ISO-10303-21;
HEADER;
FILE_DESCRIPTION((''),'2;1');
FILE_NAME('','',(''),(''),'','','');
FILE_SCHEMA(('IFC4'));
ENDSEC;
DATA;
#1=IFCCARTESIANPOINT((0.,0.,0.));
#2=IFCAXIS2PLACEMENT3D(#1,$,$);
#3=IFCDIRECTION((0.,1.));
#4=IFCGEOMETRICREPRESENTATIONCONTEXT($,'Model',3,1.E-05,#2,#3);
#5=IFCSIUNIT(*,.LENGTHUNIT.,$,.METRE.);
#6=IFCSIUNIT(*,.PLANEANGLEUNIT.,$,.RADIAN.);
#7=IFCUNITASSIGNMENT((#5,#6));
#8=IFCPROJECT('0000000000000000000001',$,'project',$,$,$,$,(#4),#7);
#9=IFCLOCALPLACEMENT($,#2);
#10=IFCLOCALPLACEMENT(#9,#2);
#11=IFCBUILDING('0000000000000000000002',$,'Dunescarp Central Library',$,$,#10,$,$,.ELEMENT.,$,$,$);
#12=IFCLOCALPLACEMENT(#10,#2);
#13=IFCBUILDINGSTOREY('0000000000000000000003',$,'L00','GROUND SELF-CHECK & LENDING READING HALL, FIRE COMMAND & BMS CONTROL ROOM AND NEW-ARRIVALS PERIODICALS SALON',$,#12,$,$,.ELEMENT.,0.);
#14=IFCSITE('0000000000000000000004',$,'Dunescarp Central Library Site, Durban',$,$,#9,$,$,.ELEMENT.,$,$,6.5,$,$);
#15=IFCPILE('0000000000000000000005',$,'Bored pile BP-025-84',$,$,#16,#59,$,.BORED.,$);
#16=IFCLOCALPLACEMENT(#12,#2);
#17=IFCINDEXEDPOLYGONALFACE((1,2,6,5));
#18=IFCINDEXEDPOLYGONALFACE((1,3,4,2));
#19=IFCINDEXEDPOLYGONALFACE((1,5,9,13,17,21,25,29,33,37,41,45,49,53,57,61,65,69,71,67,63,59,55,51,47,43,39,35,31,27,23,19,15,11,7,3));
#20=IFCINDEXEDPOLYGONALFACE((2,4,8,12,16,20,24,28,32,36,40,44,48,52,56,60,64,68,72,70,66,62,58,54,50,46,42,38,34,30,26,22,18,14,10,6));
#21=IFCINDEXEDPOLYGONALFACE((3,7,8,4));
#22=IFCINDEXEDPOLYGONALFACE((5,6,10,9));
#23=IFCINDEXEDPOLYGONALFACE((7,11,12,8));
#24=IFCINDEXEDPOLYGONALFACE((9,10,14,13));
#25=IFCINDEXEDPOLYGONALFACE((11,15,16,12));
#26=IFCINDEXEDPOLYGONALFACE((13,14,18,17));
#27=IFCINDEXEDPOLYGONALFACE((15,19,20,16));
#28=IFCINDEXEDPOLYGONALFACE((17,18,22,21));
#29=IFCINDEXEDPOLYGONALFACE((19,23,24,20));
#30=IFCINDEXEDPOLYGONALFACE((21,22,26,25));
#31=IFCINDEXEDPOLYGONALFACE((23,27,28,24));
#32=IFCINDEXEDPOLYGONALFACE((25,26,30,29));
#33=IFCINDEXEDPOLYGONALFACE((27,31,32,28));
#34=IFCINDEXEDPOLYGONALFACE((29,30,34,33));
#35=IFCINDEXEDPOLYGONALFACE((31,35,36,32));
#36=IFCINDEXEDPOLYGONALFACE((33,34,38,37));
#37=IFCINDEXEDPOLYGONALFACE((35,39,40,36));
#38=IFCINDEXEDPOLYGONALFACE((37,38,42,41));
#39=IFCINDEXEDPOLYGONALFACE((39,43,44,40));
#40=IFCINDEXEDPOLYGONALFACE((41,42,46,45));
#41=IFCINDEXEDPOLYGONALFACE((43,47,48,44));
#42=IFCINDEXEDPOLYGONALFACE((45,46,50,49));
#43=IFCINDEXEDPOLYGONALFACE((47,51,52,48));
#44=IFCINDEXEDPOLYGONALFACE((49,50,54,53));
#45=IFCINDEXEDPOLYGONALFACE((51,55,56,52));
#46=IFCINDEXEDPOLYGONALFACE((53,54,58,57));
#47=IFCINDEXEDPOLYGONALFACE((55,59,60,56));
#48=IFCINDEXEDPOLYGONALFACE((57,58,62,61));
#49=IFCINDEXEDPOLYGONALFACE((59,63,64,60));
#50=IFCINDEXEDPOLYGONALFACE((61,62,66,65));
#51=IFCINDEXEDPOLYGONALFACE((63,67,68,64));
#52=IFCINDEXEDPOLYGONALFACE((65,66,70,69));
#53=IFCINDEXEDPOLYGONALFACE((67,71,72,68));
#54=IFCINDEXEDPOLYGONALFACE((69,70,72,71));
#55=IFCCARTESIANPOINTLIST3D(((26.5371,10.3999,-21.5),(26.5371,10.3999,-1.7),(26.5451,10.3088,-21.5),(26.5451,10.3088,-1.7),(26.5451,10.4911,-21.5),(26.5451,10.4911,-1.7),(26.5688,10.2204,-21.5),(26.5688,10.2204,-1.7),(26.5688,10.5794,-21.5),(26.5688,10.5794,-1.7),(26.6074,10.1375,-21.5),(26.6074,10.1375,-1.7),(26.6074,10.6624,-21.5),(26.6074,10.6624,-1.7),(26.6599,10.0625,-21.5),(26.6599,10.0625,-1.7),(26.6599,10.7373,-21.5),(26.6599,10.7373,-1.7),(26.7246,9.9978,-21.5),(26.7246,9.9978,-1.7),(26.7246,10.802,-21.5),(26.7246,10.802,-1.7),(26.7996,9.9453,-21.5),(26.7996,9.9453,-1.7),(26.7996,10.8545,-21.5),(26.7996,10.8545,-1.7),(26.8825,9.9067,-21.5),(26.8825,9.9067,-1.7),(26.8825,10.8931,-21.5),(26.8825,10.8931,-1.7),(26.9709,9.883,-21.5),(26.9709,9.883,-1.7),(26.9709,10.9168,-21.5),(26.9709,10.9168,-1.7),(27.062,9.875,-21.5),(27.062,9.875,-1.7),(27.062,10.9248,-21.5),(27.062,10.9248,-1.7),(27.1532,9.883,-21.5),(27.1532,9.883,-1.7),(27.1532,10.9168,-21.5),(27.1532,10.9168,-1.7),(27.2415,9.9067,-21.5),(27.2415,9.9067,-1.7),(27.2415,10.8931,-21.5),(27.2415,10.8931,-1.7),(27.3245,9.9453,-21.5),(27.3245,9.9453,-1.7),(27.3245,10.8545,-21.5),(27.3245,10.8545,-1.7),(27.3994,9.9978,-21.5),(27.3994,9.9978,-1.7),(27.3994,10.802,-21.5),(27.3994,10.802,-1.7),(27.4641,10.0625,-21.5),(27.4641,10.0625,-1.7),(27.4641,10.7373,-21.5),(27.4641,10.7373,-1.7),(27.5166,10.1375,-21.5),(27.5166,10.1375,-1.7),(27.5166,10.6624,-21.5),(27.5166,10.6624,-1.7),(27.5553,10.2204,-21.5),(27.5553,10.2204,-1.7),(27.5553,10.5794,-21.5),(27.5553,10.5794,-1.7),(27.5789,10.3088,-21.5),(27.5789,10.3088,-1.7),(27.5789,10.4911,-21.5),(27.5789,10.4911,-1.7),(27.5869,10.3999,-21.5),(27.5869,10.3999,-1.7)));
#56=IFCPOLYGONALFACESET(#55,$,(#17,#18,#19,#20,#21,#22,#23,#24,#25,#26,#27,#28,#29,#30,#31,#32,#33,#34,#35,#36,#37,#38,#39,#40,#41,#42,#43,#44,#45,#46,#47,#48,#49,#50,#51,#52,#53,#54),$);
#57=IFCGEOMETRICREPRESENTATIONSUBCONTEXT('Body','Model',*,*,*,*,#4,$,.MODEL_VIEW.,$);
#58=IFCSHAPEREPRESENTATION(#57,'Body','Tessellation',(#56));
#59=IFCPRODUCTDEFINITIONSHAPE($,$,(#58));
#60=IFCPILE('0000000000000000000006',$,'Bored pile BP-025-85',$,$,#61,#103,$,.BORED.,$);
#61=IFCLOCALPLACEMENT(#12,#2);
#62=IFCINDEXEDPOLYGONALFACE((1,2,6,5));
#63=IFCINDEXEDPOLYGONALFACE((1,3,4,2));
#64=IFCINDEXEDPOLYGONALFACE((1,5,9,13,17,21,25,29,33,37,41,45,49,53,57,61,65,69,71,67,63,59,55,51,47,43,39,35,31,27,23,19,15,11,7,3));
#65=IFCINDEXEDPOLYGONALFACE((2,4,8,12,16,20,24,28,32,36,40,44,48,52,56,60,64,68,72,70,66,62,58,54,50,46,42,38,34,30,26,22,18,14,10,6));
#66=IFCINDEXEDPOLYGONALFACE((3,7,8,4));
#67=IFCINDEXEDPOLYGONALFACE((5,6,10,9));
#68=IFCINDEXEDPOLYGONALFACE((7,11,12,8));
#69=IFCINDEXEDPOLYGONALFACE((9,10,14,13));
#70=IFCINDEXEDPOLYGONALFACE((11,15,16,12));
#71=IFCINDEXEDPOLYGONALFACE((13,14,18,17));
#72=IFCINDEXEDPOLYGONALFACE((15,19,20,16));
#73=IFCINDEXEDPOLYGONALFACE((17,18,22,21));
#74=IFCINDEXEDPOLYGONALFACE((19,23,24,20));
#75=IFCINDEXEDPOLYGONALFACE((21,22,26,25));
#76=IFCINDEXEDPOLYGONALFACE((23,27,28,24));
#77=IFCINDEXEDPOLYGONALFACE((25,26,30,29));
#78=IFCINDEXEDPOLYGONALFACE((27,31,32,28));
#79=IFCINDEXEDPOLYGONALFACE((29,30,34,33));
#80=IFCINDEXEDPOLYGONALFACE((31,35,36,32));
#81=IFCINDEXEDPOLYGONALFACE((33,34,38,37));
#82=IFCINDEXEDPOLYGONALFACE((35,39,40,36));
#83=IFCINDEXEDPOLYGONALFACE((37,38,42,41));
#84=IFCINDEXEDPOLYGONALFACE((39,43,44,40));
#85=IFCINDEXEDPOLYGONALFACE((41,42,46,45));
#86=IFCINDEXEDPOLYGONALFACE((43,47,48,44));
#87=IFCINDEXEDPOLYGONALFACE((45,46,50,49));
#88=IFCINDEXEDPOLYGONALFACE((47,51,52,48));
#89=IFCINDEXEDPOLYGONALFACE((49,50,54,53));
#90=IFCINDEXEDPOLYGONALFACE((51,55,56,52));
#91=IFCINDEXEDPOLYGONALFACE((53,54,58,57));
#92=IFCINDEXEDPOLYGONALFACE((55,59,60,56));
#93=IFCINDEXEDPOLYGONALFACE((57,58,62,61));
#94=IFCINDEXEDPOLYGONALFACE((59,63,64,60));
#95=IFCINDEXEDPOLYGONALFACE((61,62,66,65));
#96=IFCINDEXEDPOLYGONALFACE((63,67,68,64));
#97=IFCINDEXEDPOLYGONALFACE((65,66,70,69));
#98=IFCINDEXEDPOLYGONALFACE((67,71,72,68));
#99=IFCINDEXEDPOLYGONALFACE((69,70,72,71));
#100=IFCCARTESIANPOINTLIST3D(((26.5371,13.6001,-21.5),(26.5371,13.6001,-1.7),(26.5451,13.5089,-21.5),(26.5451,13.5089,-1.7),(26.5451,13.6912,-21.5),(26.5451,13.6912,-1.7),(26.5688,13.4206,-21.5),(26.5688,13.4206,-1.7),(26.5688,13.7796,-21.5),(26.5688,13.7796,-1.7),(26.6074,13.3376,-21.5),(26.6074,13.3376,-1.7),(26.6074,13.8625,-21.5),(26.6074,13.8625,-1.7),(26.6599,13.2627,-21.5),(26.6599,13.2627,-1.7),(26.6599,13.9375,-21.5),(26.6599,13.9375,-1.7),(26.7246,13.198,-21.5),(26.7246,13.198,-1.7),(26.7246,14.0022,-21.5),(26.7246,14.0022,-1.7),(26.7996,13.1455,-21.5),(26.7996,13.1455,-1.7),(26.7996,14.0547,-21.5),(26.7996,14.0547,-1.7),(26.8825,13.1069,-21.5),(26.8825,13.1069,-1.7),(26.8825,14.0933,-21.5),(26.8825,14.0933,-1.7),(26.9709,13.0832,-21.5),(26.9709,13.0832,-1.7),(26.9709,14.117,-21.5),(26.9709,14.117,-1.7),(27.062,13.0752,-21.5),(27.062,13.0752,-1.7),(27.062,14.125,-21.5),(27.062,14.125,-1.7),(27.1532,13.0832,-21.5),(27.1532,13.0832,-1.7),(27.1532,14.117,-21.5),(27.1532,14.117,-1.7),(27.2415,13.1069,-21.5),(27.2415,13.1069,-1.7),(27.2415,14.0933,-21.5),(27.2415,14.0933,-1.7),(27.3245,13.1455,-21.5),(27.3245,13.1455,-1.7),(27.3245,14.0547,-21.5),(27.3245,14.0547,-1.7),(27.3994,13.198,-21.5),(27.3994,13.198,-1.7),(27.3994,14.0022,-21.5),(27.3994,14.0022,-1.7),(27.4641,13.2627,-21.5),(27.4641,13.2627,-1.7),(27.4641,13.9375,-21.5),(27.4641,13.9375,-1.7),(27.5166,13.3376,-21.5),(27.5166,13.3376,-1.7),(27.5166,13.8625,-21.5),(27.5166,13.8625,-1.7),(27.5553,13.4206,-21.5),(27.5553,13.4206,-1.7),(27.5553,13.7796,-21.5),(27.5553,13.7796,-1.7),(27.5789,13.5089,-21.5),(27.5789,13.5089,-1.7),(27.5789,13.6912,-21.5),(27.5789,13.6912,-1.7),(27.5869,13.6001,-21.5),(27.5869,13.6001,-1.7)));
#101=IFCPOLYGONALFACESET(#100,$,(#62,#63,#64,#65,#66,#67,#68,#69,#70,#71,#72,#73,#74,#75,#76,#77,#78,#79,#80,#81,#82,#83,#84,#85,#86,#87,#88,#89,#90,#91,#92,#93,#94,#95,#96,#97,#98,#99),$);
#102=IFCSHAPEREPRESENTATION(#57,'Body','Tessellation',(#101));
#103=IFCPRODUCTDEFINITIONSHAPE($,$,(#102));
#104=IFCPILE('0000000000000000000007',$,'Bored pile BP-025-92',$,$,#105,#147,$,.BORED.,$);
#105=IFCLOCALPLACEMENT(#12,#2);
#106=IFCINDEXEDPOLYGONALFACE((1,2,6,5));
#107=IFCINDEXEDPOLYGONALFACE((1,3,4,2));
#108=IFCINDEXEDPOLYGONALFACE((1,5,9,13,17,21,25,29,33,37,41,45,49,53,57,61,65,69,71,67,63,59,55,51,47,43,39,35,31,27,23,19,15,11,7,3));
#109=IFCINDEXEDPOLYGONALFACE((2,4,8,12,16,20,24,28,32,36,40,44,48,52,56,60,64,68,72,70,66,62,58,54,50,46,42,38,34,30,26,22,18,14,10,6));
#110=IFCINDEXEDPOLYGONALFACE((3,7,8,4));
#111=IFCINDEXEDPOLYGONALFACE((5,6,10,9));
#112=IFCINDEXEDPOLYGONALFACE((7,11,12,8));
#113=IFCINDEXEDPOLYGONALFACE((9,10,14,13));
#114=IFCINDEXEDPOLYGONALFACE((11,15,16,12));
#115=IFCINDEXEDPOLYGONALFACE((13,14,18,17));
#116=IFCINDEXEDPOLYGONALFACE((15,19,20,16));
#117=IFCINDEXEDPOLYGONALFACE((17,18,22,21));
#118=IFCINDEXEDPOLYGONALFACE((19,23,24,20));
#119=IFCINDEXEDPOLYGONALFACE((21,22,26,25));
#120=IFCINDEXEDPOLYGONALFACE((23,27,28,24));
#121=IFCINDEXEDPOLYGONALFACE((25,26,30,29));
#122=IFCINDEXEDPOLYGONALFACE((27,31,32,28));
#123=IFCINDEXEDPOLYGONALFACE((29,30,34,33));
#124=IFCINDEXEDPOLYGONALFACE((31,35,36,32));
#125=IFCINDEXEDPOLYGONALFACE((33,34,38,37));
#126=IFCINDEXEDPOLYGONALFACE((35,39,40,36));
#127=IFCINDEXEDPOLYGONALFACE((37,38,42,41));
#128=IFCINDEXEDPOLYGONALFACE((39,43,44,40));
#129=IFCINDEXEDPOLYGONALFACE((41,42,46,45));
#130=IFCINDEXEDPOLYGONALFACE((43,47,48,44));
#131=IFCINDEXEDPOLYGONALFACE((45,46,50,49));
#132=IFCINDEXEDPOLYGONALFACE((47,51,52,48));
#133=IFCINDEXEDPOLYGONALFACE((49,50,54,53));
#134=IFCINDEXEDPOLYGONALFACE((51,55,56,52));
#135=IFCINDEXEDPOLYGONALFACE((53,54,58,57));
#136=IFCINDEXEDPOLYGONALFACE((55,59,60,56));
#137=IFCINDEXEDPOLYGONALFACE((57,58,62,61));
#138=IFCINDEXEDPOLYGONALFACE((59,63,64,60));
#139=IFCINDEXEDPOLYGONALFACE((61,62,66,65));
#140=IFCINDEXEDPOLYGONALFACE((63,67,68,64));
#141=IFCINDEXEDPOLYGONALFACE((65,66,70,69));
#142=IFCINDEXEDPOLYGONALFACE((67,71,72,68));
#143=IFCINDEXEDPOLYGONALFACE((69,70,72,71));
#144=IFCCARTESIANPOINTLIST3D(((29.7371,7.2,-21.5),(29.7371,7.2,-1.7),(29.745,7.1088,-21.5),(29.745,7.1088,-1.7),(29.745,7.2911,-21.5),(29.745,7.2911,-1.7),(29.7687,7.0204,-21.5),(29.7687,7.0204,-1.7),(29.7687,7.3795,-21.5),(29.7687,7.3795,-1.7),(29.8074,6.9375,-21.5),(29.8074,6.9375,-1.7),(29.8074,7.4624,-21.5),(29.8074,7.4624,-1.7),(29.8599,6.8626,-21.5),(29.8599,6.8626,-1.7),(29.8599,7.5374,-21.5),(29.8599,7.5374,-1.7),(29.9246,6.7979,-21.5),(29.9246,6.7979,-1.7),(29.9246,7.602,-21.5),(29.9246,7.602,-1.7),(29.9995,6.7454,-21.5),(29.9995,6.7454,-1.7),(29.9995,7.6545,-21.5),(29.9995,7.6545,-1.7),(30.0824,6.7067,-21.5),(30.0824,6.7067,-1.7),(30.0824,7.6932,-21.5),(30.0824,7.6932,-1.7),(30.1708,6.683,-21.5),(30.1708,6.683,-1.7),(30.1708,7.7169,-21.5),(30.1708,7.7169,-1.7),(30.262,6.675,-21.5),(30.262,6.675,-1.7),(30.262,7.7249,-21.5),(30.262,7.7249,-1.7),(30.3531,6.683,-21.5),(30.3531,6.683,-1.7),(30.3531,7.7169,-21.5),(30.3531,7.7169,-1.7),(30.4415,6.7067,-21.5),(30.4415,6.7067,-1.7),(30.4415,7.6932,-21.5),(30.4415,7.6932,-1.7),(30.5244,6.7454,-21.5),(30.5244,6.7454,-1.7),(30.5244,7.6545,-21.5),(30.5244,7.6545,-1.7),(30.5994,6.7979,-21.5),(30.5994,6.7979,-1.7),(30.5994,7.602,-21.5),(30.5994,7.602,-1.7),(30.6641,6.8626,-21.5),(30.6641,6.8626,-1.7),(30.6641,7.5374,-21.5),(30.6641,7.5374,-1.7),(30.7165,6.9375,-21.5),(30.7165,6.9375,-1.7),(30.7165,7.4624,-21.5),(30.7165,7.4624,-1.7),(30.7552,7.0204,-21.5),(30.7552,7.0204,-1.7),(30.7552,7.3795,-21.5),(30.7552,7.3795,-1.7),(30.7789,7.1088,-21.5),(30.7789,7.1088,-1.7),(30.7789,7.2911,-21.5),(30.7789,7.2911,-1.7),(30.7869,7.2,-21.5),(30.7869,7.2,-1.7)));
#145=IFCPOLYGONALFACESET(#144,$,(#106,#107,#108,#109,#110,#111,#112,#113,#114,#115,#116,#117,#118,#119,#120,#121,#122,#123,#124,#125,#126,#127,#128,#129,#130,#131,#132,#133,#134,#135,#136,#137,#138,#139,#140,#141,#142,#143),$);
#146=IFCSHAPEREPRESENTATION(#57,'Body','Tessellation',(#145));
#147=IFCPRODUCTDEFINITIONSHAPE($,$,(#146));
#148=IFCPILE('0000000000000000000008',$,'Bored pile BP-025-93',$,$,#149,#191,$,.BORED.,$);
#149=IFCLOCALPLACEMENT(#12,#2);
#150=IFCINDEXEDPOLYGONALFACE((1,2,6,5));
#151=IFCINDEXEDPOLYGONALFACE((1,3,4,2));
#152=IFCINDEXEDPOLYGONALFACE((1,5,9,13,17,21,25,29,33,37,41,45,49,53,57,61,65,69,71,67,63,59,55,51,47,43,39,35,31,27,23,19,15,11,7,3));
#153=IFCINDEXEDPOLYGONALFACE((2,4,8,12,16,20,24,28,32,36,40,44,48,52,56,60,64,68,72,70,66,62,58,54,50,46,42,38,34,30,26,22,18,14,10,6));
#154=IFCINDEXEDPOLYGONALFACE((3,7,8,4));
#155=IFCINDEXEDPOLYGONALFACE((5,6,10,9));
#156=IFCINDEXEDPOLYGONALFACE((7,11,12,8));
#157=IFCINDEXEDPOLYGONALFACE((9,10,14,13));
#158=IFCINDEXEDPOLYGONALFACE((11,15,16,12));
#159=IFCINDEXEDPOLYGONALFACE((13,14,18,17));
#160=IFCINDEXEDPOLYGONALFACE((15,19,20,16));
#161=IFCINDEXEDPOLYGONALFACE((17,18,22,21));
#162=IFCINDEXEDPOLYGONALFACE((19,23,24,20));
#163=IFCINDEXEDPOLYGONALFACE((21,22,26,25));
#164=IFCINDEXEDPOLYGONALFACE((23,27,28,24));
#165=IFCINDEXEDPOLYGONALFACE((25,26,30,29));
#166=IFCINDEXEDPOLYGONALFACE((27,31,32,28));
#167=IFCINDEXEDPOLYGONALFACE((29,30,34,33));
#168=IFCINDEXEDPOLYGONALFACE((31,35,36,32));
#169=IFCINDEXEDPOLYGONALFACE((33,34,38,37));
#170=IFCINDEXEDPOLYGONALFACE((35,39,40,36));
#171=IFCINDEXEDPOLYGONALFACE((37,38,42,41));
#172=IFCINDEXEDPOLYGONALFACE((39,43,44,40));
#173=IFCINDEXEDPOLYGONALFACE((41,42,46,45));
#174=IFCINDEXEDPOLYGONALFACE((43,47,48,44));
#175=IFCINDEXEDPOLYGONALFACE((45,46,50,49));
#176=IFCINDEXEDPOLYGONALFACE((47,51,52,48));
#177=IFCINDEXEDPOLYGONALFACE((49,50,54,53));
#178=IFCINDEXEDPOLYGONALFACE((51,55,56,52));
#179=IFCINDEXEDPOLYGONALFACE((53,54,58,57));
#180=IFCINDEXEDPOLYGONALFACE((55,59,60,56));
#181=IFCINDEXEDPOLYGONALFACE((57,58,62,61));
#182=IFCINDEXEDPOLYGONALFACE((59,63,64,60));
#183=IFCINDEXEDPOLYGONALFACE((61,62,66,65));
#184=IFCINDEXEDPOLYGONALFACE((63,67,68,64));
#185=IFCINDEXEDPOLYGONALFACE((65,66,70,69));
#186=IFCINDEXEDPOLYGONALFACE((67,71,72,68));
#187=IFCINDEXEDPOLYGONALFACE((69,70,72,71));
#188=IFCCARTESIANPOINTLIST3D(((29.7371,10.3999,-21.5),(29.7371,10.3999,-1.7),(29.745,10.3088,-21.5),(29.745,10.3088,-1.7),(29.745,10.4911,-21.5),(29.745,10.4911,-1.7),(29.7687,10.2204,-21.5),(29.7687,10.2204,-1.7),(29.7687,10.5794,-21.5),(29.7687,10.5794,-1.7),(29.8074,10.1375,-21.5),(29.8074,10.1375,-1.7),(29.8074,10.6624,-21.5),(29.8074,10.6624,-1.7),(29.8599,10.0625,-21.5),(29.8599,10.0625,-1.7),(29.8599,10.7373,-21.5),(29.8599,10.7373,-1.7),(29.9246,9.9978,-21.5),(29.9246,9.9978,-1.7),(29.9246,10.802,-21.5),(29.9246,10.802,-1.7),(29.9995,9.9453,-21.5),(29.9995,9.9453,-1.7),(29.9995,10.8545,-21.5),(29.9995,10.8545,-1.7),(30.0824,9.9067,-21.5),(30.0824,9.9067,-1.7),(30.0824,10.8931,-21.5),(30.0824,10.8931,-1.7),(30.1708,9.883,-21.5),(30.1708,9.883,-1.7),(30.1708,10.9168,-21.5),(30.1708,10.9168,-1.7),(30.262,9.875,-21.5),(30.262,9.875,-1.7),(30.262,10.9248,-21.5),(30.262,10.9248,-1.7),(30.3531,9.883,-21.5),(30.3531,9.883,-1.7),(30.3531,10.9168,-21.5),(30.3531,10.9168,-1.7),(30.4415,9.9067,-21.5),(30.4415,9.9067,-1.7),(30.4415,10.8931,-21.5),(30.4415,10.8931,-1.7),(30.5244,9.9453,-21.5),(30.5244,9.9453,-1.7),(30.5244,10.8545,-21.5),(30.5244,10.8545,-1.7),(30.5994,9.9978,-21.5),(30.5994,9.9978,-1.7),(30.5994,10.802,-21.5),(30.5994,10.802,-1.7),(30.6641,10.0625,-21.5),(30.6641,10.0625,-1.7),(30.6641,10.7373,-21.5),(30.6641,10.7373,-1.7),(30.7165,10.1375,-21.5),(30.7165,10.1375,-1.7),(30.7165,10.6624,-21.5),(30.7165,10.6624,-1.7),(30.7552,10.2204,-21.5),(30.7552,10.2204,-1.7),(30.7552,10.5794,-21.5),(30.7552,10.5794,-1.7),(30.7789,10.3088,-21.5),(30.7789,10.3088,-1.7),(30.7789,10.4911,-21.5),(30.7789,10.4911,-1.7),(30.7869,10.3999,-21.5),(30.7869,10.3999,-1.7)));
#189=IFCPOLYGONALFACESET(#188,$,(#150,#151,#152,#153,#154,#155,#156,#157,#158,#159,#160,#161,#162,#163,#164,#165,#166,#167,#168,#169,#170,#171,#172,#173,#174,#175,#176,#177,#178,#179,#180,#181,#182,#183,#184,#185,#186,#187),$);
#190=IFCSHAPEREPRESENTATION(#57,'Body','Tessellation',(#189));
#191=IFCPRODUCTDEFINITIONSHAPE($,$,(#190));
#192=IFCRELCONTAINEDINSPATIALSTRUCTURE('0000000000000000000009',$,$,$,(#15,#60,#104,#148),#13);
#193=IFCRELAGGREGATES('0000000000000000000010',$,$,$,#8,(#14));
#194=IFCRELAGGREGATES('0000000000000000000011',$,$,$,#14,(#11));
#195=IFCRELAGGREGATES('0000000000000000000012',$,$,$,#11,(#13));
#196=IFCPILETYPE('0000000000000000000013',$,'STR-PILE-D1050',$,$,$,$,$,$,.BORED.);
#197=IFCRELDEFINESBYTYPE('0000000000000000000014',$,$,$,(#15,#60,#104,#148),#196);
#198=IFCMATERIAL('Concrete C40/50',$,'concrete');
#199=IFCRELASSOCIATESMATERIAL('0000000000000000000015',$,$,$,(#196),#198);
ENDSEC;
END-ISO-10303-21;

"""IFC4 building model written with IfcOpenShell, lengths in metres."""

from ifc_helpers import new_model, si_unit, direction, frame, origin, origin_2d, place, context, subcontext, project, spatial, circle, extrude, material, material_profile, profile_set, type_object, element, save


model = new_model("IFC4")

# Units and contexts
model_context = context("Model", 3, precision=1e-05, world=origin(), true_north=direction((0.0, 1.0)))
body_context = subcontext(model_context, "Body", "Model", "MODEL_VIEW")
ifc_project = project(units=[si_unit("LENGTHUNIT", "METRE"), si_unit("PLANEANGLEUNIT", "RADIAN")], contexts=[model_context])

# Site, building, storey
site_placement = place(None, origin())
site = spatial("IfcSite", under=ifc_project, at=site_placement, Name="Dunescarp Central Library Site, Durban", CompositionType="ELEMENT", RefElevation=6.5)
building_placement = place(site_placement, origin())
building = spatial("IfcBuilding", under=site, at=building_placement, Name="Dunescarp Central Library", CompositionType="ELEMENT")
storey_placement = place(building_placement, origin())
storey = spatial("IfcBuildingStorey", under=building, at=storey_placement, Name="L00", Description="GROUND SELF-CHECK & LENDING READING HALL, FIRE COMMAND & BMS CONTROL ROOM AND NEW-ARRIVALS PERIODICALS SALON", CompositionType="ELEMENT", Elevation=0.0)

# Piles
ifc_material_1 = material(Name="Concrete C40/50", Category="concrete")
ifc_material_profile_1 = material_profile(ifc_material_1, circle(Radius=0.5249, at=origin_2d()), Name="PILE D1050")
ifc_profile_set_1 = profile_set([ifc_material_profile_1], Name="Concrete C40/50")
pile_type = type_object("IfcPileType", Name="STR-PILE-D1050", PredefinedType="BORED", material=ifc_profile_set_1)
for number, where, z_axis, x_axis, name in (
    (1, (27.062, 10.3999, -1.7), (0.0, 0.0, -1.0), (1.0, 0.0, 0.0), "Bored pile BP-025-84"),
    (2, (27.062, 13.6001, -1.7), (0.0, 0.0, -1.0), (1.0, 0.0, 0.0), "Bored pile BP-025-85"),
    (3, (30.262, 7.2, -1.7), (0.0, 0.0, -1.0), (1.0, 0.0, 0.0), "Bored pile BP-025-92"),
    (4, (30.262, 10.3999, -1.7), (0.0, 0.0, -1.0), (1.0, 0.0, 0.0), "Bored pile BP-025-93"),
):
    element("IfcPile", number, at=place(storey_placement, frame(where, z_axis=z_axis, x_axis=x_axis)), inside=storey, type_object=pile_type, Name=name, PredefinedType="BORED", context=body_context, shape_type="SweptSolid", body=[
        extrude(circle(Radius=0.5249, at=origin_2d()), origin(), (0.0, 0.0, 1.0), 19.8),
    ])

save(model, "model.ifc")
